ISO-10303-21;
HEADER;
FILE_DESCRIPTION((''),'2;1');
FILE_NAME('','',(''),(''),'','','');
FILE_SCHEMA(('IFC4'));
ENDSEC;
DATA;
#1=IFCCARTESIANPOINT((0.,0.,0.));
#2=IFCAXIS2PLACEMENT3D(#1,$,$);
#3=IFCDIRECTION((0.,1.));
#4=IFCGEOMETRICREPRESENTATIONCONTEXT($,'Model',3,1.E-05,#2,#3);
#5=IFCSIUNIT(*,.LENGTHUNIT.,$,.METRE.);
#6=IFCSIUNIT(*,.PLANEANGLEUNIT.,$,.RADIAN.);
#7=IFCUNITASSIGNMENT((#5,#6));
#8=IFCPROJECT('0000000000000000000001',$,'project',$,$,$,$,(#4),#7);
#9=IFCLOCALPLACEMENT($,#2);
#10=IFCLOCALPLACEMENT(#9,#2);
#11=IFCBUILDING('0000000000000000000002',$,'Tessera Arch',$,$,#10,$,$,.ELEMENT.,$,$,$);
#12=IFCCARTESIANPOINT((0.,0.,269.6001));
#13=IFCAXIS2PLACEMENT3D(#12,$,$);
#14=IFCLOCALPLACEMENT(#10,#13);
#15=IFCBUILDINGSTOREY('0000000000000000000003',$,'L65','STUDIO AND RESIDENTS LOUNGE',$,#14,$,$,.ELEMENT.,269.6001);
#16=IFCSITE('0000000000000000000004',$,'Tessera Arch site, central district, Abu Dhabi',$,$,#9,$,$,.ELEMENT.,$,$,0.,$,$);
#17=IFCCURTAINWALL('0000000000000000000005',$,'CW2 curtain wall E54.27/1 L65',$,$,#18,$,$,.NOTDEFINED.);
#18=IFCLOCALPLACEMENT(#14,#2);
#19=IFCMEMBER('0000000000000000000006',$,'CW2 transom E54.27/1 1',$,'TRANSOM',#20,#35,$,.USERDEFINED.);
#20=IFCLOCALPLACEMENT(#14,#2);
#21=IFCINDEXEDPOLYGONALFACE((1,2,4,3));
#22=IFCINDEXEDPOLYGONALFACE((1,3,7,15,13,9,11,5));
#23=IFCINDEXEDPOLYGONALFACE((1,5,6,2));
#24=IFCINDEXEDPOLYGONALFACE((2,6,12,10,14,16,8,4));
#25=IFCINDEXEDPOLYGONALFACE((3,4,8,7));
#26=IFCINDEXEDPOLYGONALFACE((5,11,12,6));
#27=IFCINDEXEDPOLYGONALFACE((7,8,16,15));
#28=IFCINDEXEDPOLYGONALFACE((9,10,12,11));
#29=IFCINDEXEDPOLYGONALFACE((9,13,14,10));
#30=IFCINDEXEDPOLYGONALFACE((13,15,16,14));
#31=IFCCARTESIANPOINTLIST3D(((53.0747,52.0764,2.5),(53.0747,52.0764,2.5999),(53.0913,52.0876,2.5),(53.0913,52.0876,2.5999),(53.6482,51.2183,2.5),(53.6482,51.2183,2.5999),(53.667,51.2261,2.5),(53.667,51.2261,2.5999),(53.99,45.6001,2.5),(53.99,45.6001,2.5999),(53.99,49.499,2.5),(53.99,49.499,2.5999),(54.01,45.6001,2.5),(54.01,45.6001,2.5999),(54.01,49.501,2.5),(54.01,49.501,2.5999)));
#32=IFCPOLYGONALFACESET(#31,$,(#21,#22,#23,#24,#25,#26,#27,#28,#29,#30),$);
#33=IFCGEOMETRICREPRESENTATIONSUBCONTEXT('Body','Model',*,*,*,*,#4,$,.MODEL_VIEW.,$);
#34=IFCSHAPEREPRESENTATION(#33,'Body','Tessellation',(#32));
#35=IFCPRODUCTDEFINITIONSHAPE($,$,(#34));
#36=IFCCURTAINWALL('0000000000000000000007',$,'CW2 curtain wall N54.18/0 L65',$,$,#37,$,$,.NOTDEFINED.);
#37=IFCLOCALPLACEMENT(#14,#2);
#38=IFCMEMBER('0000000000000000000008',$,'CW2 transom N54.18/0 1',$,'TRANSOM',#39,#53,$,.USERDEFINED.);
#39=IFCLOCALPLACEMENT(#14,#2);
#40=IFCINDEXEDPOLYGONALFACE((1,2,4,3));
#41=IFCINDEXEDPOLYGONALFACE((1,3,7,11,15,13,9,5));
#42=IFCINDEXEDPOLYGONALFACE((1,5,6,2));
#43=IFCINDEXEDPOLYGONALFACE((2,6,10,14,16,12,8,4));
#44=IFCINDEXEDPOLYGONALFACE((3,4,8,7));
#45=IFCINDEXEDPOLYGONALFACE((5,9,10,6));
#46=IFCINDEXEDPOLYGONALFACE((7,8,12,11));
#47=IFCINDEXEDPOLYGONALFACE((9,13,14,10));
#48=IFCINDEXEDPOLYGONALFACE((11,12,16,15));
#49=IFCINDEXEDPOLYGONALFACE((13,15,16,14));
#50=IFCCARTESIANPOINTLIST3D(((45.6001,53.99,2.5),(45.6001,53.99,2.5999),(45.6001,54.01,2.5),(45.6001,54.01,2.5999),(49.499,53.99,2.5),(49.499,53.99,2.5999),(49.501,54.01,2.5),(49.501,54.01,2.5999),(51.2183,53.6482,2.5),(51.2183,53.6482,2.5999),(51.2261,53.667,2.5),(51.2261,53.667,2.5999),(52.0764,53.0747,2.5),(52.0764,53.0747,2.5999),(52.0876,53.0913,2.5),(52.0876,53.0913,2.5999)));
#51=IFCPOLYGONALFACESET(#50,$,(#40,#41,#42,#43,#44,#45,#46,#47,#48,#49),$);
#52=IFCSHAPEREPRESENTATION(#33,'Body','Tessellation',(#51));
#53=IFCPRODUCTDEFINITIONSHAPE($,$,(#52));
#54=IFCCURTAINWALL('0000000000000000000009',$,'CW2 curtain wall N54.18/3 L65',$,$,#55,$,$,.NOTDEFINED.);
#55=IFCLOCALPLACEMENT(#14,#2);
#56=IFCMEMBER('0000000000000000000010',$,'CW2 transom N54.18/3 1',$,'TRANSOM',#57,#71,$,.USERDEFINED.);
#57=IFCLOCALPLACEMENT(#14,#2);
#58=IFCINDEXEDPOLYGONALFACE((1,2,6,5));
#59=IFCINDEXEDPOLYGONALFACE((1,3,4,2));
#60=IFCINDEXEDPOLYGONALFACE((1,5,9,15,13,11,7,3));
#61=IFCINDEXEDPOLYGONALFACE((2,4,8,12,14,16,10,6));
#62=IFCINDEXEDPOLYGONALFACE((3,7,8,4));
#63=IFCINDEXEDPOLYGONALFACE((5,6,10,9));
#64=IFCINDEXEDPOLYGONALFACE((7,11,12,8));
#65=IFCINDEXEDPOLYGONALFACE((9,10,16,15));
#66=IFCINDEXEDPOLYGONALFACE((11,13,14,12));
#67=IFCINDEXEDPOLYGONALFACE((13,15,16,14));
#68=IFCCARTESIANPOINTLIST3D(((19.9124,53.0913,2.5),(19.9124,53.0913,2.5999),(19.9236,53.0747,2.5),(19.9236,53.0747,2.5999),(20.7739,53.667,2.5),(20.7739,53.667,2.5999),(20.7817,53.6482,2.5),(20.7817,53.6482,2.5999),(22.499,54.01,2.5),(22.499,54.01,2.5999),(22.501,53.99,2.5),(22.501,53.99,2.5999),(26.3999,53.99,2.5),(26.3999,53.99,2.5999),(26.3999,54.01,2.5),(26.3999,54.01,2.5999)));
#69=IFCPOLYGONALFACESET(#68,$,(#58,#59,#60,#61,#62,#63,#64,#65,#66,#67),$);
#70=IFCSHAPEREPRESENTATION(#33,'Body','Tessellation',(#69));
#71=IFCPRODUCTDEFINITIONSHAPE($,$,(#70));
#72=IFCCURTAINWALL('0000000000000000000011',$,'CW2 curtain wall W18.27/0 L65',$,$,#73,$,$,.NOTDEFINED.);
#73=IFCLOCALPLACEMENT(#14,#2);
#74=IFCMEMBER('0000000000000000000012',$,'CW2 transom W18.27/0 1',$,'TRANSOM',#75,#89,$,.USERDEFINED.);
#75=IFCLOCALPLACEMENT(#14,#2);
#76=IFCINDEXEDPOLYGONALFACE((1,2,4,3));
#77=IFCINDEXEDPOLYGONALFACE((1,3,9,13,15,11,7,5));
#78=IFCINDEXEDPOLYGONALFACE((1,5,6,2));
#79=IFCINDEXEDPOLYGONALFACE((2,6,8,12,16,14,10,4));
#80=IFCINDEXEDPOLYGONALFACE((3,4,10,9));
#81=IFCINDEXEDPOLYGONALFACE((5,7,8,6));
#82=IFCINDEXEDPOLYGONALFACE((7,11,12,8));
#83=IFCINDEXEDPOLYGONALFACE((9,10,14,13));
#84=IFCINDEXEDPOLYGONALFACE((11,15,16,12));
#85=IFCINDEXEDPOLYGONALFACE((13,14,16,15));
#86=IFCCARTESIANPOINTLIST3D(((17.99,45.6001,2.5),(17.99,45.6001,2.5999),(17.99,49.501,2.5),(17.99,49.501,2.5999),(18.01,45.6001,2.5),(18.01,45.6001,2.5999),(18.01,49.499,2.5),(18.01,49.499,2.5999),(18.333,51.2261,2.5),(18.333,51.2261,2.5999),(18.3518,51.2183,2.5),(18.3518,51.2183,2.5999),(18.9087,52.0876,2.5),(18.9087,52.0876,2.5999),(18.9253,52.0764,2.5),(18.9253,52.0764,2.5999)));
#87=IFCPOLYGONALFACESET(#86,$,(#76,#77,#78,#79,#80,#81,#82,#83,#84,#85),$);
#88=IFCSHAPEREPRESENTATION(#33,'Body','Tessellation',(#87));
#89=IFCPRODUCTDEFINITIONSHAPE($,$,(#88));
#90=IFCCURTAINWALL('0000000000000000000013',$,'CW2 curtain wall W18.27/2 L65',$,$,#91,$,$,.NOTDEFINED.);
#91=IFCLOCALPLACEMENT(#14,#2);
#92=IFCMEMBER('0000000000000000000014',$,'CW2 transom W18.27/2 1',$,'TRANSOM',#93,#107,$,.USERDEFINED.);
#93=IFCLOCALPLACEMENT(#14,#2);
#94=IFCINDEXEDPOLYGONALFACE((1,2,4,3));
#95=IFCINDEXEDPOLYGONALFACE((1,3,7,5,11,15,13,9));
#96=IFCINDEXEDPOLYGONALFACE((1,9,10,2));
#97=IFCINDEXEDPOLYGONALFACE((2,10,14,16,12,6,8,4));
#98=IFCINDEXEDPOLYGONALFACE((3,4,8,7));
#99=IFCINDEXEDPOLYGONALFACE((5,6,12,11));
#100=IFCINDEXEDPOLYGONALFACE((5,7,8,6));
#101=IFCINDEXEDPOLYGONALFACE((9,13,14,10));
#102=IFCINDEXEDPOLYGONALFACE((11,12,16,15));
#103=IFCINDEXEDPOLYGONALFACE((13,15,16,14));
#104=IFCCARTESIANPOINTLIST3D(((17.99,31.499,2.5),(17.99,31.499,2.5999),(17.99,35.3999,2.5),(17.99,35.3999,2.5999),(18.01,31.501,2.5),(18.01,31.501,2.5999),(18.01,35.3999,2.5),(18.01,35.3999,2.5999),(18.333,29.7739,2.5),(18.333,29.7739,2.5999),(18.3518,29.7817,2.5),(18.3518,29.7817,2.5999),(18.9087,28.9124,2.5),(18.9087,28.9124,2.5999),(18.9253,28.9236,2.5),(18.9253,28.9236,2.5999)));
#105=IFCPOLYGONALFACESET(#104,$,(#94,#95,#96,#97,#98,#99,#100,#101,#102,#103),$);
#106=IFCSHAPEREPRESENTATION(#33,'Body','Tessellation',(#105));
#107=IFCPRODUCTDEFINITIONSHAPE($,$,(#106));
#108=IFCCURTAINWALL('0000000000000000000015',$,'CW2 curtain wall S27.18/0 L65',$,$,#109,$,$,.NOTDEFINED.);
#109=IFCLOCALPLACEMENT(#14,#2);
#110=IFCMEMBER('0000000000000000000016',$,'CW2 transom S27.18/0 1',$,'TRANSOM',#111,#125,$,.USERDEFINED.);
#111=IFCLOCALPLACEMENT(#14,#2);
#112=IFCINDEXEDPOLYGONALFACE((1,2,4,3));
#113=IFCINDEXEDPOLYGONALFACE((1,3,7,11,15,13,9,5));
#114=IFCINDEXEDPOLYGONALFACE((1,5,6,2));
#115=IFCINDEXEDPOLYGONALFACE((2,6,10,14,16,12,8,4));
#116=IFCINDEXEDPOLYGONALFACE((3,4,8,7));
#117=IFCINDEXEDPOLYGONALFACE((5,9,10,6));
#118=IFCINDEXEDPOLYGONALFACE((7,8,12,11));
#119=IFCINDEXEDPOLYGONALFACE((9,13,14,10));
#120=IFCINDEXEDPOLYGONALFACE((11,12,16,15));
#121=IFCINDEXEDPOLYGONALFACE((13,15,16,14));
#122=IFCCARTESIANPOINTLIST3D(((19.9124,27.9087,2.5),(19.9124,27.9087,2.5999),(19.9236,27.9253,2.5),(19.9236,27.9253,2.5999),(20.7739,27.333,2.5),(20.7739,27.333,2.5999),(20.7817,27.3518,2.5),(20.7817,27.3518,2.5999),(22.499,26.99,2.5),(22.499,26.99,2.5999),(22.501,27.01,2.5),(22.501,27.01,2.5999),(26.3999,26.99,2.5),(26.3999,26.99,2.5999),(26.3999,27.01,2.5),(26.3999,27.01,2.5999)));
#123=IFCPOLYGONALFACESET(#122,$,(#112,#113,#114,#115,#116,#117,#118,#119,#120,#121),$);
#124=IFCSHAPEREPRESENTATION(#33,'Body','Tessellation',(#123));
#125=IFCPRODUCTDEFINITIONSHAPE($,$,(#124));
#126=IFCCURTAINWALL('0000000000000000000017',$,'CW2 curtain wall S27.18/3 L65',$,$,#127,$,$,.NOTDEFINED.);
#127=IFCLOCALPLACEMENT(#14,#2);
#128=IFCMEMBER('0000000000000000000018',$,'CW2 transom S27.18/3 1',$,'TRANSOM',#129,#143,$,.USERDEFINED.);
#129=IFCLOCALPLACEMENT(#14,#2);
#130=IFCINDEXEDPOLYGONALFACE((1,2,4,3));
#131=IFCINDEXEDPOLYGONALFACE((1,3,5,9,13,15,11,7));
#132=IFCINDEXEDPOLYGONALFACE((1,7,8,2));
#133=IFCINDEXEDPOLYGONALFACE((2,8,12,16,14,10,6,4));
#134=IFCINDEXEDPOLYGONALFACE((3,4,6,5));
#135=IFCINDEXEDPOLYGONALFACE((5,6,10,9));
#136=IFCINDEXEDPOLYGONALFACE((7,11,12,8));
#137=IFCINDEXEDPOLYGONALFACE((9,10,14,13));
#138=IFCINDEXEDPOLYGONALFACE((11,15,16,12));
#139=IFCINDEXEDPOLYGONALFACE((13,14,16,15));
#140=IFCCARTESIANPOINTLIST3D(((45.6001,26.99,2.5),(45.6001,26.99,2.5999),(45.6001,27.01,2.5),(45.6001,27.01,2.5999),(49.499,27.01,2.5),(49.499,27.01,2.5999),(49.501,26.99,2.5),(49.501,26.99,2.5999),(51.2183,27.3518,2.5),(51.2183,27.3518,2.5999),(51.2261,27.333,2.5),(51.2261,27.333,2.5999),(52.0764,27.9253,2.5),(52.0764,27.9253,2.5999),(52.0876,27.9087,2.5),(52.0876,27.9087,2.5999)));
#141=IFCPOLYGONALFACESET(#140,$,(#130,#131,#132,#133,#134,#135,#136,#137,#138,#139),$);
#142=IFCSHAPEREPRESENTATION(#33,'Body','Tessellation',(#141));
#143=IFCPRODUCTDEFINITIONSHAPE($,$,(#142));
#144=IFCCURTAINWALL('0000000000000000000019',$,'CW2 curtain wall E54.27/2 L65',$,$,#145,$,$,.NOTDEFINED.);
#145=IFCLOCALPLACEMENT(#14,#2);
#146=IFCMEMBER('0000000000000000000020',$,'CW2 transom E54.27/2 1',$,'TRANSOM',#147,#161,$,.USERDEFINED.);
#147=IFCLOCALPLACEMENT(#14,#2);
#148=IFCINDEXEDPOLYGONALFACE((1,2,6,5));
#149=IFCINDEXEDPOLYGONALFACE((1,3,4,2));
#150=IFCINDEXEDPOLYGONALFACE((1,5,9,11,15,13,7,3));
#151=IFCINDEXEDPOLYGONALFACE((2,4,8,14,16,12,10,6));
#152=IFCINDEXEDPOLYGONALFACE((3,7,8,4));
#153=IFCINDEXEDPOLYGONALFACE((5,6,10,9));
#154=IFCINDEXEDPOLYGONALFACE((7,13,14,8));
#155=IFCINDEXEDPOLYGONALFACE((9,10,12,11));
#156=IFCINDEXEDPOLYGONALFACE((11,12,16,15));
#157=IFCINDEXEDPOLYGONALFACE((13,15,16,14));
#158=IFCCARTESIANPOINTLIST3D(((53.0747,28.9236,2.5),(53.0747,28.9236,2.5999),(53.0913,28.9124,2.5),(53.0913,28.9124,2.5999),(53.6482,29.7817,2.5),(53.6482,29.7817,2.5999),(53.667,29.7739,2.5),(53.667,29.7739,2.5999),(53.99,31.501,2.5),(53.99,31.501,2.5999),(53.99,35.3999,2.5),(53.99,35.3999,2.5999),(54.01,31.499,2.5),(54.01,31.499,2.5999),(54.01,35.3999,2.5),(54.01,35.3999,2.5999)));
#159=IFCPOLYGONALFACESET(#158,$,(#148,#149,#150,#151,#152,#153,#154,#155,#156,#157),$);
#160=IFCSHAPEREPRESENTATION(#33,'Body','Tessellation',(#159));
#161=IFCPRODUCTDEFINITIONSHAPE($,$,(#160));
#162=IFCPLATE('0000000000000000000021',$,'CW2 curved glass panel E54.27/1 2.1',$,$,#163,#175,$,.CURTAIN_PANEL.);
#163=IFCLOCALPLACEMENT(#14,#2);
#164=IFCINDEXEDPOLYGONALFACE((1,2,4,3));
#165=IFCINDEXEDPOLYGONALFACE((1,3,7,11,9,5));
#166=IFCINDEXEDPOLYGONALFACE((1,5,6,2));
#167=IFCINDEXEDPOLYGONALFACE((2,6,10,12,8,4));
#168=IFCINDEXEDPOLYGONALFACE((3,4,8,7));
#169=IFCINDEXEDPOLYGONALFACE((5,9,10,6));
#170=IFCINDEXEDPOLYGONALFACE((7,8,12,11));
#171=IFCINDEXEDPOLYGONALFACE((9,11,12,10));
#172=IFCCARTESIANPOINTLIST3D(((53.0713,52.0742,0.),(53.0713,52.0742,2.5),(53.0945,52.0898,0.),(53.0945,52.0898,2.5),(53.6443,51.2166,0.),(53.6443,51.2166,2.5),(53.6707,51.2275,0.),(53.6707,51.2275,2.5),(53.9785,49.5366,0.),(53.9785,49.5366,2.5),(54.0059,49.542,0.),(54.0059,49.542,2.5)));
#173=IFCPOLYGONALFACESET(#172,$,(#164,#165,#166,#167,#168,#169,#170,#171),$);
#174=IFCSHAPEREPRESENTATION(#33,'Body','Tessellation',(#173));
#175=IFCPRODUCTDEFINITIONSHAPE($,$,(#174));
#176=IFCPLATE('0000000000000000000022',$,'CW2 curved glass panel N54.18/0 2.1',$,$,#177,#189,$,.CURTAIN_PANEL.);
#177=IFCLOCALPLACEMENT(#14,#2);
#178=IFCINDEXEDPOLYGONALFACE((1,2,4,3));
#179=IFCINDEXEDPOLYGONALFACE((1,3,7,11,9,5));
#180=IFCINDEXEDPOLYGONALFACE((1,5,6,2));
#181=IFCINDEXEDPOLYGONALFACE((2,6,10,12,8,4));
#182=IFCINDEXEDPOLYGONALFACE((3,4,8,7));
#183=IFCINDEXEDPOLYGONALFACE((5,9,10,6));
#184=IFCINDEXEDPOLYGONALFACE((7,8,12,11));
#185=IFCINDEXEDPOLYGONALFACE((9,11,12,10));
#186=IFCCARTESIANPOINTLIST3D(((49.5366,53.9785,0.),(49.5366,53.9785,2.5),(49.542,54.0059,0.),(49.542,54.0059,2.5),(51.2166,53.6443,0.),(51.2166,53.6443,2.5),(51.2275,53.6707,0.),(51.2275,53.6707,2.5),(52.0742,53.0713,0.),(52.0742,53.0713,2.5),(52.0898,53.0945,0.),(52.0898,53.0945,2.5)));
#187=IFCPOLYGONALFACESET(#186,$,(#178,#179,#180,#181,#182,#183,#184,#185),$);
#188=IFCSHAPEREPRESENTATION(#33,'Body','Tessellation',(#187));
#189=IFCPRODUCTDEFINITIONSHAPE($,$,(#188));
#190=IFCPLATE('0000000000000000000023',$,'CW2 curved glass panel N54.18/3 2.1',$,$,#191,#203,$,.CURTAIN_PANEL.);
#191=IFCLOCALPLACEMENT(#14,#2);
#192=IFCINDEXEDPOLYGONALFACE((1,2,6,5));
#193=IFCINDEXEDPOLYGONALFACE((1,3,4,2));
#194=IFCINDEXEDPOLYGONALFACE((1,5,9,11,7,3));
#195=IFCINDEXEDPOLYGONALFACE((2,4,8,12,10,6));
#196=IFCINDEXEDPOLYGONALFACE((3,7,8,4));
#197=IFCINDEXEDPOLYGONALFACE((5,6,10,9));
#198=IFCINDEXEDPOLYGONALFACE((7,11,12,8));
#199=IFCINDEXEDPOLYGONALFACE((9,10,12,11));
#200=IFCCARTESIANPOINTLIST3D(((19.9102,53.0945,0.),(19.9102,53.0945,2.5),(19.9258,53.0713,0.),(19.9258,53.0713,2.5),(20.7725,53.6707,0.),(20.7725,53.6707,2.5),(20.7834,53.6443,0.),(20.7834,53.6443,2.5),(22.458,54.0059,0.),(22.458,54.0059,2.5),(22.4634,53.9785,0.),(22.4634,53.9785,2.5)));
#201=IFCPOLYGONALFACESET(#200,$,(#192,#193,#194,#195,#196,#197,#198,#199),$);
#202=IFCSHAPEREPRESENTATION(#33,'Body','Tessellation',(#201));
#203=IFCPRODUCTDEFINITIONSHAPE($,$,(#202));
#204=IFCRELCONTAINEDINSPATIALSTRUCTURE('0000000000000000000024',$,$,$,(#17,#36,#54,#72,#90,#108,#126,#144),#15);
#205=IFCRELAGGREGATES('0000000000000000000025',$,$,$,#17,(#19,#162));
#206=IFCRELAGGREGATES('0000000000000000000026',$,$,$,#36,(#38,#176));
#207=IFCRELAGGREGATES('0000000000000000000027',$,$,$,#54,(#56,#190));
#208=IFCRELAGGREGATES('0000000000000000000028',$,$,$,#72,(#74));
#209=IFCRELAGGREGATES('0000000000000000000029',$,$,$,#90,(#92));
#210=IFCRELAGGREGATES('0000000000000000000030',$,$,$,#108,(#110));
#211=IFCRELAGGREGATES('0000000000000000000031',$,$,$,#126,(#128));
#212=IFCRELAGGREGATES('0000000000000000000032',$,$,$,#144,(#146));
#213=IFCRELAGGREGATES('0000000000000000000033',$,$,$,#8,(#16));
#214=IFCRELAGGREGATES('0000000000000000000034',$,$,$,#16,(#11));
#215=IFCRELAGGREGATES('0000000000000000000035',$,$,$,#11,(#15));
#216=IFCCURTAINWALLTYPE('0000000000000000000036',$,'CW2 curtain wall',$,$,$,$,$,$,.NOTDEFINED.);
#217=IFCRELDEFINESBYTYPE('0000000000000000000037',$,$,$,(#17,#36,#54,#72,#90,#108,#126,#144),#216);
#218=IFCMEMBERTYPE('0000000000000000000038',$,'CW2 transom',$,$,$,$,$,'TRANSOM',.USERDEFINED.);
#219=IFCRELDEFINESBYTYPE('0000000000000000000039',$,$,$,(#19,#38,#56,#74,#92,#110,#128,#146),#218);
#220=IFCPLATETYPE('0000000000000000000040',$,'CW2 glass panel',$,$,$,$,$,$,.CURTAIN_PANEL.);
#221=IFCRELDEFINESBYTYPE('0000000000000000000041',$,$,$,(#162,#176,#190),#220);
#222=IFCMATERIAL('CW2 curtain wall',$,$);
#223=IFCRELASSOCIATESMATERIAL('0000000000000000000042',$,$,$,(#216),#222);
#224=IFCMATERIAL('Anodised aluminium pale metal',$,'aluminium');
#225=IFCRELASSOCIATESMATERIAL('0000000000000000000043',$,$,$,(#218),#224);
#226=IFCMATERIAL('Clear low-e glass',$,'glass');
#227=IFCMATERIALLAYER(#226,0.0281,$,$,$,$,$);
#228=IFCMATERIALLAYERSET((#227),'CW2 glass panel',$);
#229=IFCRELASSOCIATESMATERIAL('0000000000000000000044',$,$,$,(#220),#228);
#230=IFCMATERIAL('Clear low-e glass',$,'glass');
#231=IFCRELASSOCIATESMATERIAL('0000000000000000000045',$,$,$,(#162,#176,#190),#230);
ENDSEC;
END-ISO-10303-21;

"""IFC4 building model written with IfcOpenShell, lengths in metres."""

from ifc_helpers import new_model, si_unit, direction, frame, origin, origin_2d, place, context, subcontext, project, spatial, polyline, rectangle, outline, extrude, material, layer, layer_set, material_profile, profile_set, type_object, element, aggregate, save


model = new_model("IFC4")

# Units and contexts
model_context = context("Model", 3, precision=1e-05, world=origin(), true_north=direction((0.0, 1.0)))
body_context = subcontext(model_context, "Body", "Model", "MODEL_VIEW")
ifc_project = project(units=[si_unit("LENGTHUNIT", "METRE"), si_unit("PLANEANGLEUNIT", "RADIAN")], contexts=[model_context])

# Site, building, storey
site_placement = place(None, origin())
site = spatial("IfcSite", under=ifc_project, at=site_placement, Name="Tessera Arch site, central district, Abu Dhabi", CompositionType="ELEMENT", RefElevation=0.0)
building_placement = place(site_placement, origin())
building = spatial("IfcBuilding", under=site, at=building_placement, Name="Tessera Arch", CompositionType="ELEMENT")
storey_placement = place(building_placement, frame((0.0, 0.0, 269.6001)))
storey = spatial("IfcBuildingStorey", under=building, at=storey_placement, Name="L65", Description="STUDIO AND RESIDENTS LOUNGE", CompositionType="ELEMENT", Elevation=269.6001)

# Curtain walls, members
ifc_material_1 = material(Name="CW2 curtain wall")
curtain_wall_type = type_object("IfcCurtainWallType", Name="CW2 curtain wall", PredefinedType="NOTDEFINED", material=ifc_material_1)
curtain_wall_1_placement = place(storey_placement, origin())
curtain_wall_1 = element("IfcCurtainWall", 1, at=curtain_wall_1_placement, inside=storey, type_object=curtain_wall_type, Name="CW2 curtain wall E54.27/1 L65", PredefinedType="NOTDEFINED")
ifc_material_2 = material(Name="Anodised aluminium pale metal", Category="aluminium")
ifc_material_profile = material_profile(ifc_material_2, rectangle(XDim=0.2, YDim=0.1001, at=origin_2d()), Name="AL 200x100")
ifc_profile_set = profile_set([ifc_material_profile], Name="Anodised aluminium pale metal")
member_type = type_object("IfcMemberType", Name="CW2 transom", ElementType="TRANSOM", PredefinedType="USERDEFINED", material=ifc_profile_set)
member_1_placement = place(storey_placement, frame((0.0, 0.0, 2.5)))
member_1 = element("IfcMember", 2, at=member_1_placement, type_object=member_type, Name="CW2 transom E54.27/1 1", ObjectType="TRANSOM", PredefinedType="USERDEFINED", context=body_context, shape_type="SweptSolid", body=[
    extrude(outline(polyline([(53.99, 49.499), (53.99, 45.6001), (54.01, 45.6001), (54.01, 49.501), (53.667, 51.2261), (53.0913, 52.0876), (53.0747, 52.0764), (53.6482, 51.2183), (53.99, 49.499)])), origin(), (0.0, 0.0, 1.0), 0.0999),
])
curtain_wall_2_placement = place(storey_placement, origin())
curtain_wall_2 = element("IfcCurtainWall", 3, at=curtain_wall_2_placement, inside=storey, type_object=curtain_wall_type, Name="CW2 curtain wall N54.18/0 L65", PredefinedType="NOTDEFINED")
member_2_placement = place(storey_placement, frame((0.0, 0.0, 2.5)))
member_2 = element("IfcMember", 4, at=member_2_placement, type_object=member_type, Name="CW2 transom N54.18/0 1", ObjectType="TRANSOM", PredefinedType="USERDEFINED", context=body_context, shape_type="SweptSolid", body=[
    extrude(outline(polyline([(51.2183, 53.6482), (52.0764, 53.0747), (52.0876, 53.0913), (51.2261, 53.667), (49.501, 54.01), (45.6001, 54.01), (45.6001, 53.99), (49.499, 53.99), (51.2183, 53.6482)])), origin(), (0.0, 0.0, 1.0), 0.0999),
])
curtain_wall_3_placement = place(storey_placement, origin())
curtain_wall_3 = element("IfcCurtainWall", 5, at=curtain_wall_3_placement, inside=storey, type_object=curtain_wall_type, Name="CW2 curtain wall N54.18/3 L65", PredefinedType="NOTDEFINED")
member_3_placement = place(storey_placement, frame((0.0, 0.0, 2.5)))
member_3 = element("IfcMember", 6, at=member_3_placement, type_object=member_type, Name="CW2 transom N54.18/3 1", ObjectType="TRANSOM", PredefinedType="USERDEFINED", context=body_context, shape_type="SweptSolid", body=[
    extrude(outline(polyline([(22.501, 53.99), (26.3999, 53.99), (26.3999, 54.01), (22.499, 54.01), (20.7739, 53.667), (19.9124, 53.0913), (19.9236, 53.0747), (20.7817, 53.6482), (22.501, 53.99)])), origin(), (0.0, 0.0, 1.0), 0.0999),
])
curtain_wall_4_placement = place(storey_placement, origin())
curtain_wall_4 = element("IfcCurtainWall", 7, at=curtain_wall_4_placement, inside=storey, type_object=curtain_wall_type, Name="CW2 curtain wall W18.27/0 L65", PredefinedType="NOTDEFINED")
member_4_placement = place(storey_placement, frame((0.0, 0.0, 2.5)))
member_4 = element("IfcMember", 8, at=member_4_placement, type_object=member_type, Name="CW2 transom W18.27/0 1", ObjectType="TRANSOM", PredefinedType="USERDEFINED", context=body_context, shape_type="SweptSolid", body=[
    extrude(outline(polyline([(18.3518, 51.2183), (18.9253, 52.0764), (18.9087, 52.0876), (18.333, 51.2261), (17.99, 49.501), (17.99, 45.6001), (18.01, 45.6001), (18.01, 49.499), (18.3518, 51.2183)])), origin(), (0.0, 0.0, 1.0), 0.0999),
])
curtain_wall_5_placement = place(storey_placement, origin())
curtain_wall_5 = element("IfcCurtainWall", 9, at=curtain_wall_5_placement, inside=storey, type_object=curtain_wall_type, Name="CW2 curtain wall W18.27/2 L65", PredefinedType="NOTDEFINED")
member_5_placement = place(storey_placement, frame((0.0, 0.0, 2.5)))
member_5 = element("IfcMember", 10, at=member_5_placement, type_object=member_type, Name="CW2 transom W18.27/2 1", ObjectType="TRANSOM", PredefinedType="USERDEFINED", context=body_context, shape_type="SweptSolid", body=[
    extrude(outline(polyline([(18.01, 31.501), (18.01, 35.3999), (17.99, 35.3999), (17.99, 31.499), (18.333, 29.7739), (18.9087, 28.9124), (18.9253, 28.9236), (18.3518, 29.7817), (18.01, 31.501)])), origin(), (0.0, 0.0, 1.0), 0.0999),
])
curtain_wall_6_placement = place(storey_placement, origin())
curtain_wall_6 = element("IfcCurtainWall", 11, at=curtain_wall_6_placement, inside=storey, type_object=curtain_wall_type, Name="CW2 curtain wall S27.18/0 L65", PredefinedType="NOTDEFINED")
member_6_placement = place(storey_placement, frame((0.0, 0.0, 2.5)))
member_6 = element("IfcMember", 12, at=member_6_placement, type_object=member_type, Name="CW2 transom S27.18/0 1", ObjectType="TRANSOM", PredefinedType="USERDEFINED", context=body_context, shape_type="SweptSolid", body=[
    extrude(outline(polyline([(20.7817, 27.3518), (19.9236, 27.9253), (19.9124, 27.9087), (20.7739, 27.333), (22.499, 26.99), (26.3999, 26.99), (26.3999, 27.01), (22.501, 27.01), (20.7817, 27.3518)])), origin(), (0.0, 0.0, 1.0), 0.0999),
])
curtain_wall_7_placement = place(storey_placement, origin())
curtain_wall_7 = element("IfcCurtainWall", 13, at=curtain_wall_7_placement, inside=storey, type_object=curtain_wall_type, Name="CW2 curtain wall S27.18/3 L65", PredefinedType="NOTDEFINED")
member_7_placement = place(storey_placement, frame((0.0, 0.0, 2.5)))
member_7 = element("IfcMember", 14, at=member_7_placement, type_object=member_type, Name="CW2 transom S27.18/3 1", ObjectType="TRANSOM", PredefinedType="USERDEFINED", context=body_context, shape_type="SweptSolid", body=[
    extrude(outline(polyline([(49.499, 27.01), (45.6001, 27.01), (45.6001, 26.99), (49.501, 26.99), (51.2261, 27.333), (52.0876, 27.9087), (52.0764, 27.9253), (51.2183, 27.3518), (49.499, 27.01)])), origin(), (0.0, 0.0, 1.0), 0.0999),
])
curtain_wall_8_placement = place(storey_placement, origin())
curtain_wall_8 = element("IfcCurtainWall", 15, at=curtain_wall_8_placement, inside=storey, type_object=curtain_wall_type, Name="CW2 curtain wall E54.27/2 L65", PredefinedType="NOTDEFINED")
member_8_placement = place(storey_placement, frame((0.0, 0.0, 2.5)))
member_8 = element("IfcMember", 16, at=member_8_placement, type_object=member_type, Name="CW2 transom E54.27/2 1", ObjectType="TRANSOM", PredefinedType="USERDEFINED", context=body_context, shape_type="SweptSolid", body=[
    extrude(outline(polyline([(53.6482, 29.7817), (53.0747, 28.9236), (53.0913, 28.9124), (53.667, 29.7739), (54.01, 31.499), (54.01, 35.3999), (53.99, 35.3999), (53.99, 31.501), (53.6482, 29.7817)])), origin(), (0.0, 0.0, 1.0), 0.0999),
])

# Plates
ifc_material_3 = material(Name="Clear low-e glass", Category="glass")
ifc_material_4 = material(Name="Clear low-e glass", Category="glass")
ifc_layer_1 = layer(ifc_material_4, 0.0281)
ifc_layer_set_1 = layer_set([ifc_layer_1], Name="CW2 glass panel")
plate_type_1 = type_object("IfcPlateType", Name="CW2 glass panel", PredefinedType="CURTAIN_PANEL", material=ifc_layer_set_1)
plate_1_placement = place(storey_placement, origin())
plate_1 = element("IfcPlate", 17, at=plate_1_placement, type_object=plate_type_1, material=ifc_material_3, Name="CW2 curved glass panel E54.27/1 2.1", PredefinedType="CURTAIN_PANEL", context=body_context, shape_type="SweptSolid", body=[
    extrude(outline(polyline([(53.6443, 51.2166), (53.9785, 49.5366), (54.0059, 49.542), (53.6707, 51.2275), (53.0945, 52.0898), (53.0713, 52.0742), (53.6443, 51.2166)])), origin(), (0.0, 0.0, 1.0), 2.5),
])
plate_2_placement = place(storey_placement, origin())
plate_2 = element("IfcPlate", 18, at=plate_2_placement, type_object=plate_type_1, material=ifc_material_3, Name="CW2 curved glass panel N54.18/0 2.1", PredefinedType="CURTAIN_PANEL", context=body_context, shape_type="SweptSolid", body=[
    extrude(outline(polyline([(51.2166, 53.6443), (52.0742, 53.0713), (52.0898, 53.0945), (51.2275, 53.6707), (49.542, 54.0059), (49.5366, 53.9785), (51.2166, 53.6443)])), origin(), (0.0, 0.0, 1.0), 2.5),
])
plate_3_placement = place(storey_placement, origin())
plate_3 = element("IfcPlate", 19, at=plate_3_placement, type_object=plate_type_1, material=ifc_material_3, Name="CW2 curved glass panel N54.18/3 2.1", PredefinedType="CURTAIN_PANEL", context=body_context, shape_type="SweptSolid", body=[
    extrude(outline(polyline([(20.7834, 53.6443), (22.4634, 53.9785), (22.458, 54.0059), (20.7725, 53.6707), (19.9102, 53.0945), (19.9258, 53.0713), (20.7834, 53.6443)])), origin(), (0.0, 0.0, 1.0), 2.5),
])
aggregate(curtain_wall_1, [member_1, plate_1])
aggregate(curtain_wall_2, [member_2, plate_2])
aggregate(curtain_wall_3, [member_3, plate_3])
aggregate(curtain_wall_4, [member_4])
aggregate(curtain_wall_5, [member_5])
aggregate(curtain_wall_6, [member_6])
aggregate(curtain_wall_7, [member_7])
aggregate(curtain_wall_8, [member_8])

save(model, "model.ifc")
